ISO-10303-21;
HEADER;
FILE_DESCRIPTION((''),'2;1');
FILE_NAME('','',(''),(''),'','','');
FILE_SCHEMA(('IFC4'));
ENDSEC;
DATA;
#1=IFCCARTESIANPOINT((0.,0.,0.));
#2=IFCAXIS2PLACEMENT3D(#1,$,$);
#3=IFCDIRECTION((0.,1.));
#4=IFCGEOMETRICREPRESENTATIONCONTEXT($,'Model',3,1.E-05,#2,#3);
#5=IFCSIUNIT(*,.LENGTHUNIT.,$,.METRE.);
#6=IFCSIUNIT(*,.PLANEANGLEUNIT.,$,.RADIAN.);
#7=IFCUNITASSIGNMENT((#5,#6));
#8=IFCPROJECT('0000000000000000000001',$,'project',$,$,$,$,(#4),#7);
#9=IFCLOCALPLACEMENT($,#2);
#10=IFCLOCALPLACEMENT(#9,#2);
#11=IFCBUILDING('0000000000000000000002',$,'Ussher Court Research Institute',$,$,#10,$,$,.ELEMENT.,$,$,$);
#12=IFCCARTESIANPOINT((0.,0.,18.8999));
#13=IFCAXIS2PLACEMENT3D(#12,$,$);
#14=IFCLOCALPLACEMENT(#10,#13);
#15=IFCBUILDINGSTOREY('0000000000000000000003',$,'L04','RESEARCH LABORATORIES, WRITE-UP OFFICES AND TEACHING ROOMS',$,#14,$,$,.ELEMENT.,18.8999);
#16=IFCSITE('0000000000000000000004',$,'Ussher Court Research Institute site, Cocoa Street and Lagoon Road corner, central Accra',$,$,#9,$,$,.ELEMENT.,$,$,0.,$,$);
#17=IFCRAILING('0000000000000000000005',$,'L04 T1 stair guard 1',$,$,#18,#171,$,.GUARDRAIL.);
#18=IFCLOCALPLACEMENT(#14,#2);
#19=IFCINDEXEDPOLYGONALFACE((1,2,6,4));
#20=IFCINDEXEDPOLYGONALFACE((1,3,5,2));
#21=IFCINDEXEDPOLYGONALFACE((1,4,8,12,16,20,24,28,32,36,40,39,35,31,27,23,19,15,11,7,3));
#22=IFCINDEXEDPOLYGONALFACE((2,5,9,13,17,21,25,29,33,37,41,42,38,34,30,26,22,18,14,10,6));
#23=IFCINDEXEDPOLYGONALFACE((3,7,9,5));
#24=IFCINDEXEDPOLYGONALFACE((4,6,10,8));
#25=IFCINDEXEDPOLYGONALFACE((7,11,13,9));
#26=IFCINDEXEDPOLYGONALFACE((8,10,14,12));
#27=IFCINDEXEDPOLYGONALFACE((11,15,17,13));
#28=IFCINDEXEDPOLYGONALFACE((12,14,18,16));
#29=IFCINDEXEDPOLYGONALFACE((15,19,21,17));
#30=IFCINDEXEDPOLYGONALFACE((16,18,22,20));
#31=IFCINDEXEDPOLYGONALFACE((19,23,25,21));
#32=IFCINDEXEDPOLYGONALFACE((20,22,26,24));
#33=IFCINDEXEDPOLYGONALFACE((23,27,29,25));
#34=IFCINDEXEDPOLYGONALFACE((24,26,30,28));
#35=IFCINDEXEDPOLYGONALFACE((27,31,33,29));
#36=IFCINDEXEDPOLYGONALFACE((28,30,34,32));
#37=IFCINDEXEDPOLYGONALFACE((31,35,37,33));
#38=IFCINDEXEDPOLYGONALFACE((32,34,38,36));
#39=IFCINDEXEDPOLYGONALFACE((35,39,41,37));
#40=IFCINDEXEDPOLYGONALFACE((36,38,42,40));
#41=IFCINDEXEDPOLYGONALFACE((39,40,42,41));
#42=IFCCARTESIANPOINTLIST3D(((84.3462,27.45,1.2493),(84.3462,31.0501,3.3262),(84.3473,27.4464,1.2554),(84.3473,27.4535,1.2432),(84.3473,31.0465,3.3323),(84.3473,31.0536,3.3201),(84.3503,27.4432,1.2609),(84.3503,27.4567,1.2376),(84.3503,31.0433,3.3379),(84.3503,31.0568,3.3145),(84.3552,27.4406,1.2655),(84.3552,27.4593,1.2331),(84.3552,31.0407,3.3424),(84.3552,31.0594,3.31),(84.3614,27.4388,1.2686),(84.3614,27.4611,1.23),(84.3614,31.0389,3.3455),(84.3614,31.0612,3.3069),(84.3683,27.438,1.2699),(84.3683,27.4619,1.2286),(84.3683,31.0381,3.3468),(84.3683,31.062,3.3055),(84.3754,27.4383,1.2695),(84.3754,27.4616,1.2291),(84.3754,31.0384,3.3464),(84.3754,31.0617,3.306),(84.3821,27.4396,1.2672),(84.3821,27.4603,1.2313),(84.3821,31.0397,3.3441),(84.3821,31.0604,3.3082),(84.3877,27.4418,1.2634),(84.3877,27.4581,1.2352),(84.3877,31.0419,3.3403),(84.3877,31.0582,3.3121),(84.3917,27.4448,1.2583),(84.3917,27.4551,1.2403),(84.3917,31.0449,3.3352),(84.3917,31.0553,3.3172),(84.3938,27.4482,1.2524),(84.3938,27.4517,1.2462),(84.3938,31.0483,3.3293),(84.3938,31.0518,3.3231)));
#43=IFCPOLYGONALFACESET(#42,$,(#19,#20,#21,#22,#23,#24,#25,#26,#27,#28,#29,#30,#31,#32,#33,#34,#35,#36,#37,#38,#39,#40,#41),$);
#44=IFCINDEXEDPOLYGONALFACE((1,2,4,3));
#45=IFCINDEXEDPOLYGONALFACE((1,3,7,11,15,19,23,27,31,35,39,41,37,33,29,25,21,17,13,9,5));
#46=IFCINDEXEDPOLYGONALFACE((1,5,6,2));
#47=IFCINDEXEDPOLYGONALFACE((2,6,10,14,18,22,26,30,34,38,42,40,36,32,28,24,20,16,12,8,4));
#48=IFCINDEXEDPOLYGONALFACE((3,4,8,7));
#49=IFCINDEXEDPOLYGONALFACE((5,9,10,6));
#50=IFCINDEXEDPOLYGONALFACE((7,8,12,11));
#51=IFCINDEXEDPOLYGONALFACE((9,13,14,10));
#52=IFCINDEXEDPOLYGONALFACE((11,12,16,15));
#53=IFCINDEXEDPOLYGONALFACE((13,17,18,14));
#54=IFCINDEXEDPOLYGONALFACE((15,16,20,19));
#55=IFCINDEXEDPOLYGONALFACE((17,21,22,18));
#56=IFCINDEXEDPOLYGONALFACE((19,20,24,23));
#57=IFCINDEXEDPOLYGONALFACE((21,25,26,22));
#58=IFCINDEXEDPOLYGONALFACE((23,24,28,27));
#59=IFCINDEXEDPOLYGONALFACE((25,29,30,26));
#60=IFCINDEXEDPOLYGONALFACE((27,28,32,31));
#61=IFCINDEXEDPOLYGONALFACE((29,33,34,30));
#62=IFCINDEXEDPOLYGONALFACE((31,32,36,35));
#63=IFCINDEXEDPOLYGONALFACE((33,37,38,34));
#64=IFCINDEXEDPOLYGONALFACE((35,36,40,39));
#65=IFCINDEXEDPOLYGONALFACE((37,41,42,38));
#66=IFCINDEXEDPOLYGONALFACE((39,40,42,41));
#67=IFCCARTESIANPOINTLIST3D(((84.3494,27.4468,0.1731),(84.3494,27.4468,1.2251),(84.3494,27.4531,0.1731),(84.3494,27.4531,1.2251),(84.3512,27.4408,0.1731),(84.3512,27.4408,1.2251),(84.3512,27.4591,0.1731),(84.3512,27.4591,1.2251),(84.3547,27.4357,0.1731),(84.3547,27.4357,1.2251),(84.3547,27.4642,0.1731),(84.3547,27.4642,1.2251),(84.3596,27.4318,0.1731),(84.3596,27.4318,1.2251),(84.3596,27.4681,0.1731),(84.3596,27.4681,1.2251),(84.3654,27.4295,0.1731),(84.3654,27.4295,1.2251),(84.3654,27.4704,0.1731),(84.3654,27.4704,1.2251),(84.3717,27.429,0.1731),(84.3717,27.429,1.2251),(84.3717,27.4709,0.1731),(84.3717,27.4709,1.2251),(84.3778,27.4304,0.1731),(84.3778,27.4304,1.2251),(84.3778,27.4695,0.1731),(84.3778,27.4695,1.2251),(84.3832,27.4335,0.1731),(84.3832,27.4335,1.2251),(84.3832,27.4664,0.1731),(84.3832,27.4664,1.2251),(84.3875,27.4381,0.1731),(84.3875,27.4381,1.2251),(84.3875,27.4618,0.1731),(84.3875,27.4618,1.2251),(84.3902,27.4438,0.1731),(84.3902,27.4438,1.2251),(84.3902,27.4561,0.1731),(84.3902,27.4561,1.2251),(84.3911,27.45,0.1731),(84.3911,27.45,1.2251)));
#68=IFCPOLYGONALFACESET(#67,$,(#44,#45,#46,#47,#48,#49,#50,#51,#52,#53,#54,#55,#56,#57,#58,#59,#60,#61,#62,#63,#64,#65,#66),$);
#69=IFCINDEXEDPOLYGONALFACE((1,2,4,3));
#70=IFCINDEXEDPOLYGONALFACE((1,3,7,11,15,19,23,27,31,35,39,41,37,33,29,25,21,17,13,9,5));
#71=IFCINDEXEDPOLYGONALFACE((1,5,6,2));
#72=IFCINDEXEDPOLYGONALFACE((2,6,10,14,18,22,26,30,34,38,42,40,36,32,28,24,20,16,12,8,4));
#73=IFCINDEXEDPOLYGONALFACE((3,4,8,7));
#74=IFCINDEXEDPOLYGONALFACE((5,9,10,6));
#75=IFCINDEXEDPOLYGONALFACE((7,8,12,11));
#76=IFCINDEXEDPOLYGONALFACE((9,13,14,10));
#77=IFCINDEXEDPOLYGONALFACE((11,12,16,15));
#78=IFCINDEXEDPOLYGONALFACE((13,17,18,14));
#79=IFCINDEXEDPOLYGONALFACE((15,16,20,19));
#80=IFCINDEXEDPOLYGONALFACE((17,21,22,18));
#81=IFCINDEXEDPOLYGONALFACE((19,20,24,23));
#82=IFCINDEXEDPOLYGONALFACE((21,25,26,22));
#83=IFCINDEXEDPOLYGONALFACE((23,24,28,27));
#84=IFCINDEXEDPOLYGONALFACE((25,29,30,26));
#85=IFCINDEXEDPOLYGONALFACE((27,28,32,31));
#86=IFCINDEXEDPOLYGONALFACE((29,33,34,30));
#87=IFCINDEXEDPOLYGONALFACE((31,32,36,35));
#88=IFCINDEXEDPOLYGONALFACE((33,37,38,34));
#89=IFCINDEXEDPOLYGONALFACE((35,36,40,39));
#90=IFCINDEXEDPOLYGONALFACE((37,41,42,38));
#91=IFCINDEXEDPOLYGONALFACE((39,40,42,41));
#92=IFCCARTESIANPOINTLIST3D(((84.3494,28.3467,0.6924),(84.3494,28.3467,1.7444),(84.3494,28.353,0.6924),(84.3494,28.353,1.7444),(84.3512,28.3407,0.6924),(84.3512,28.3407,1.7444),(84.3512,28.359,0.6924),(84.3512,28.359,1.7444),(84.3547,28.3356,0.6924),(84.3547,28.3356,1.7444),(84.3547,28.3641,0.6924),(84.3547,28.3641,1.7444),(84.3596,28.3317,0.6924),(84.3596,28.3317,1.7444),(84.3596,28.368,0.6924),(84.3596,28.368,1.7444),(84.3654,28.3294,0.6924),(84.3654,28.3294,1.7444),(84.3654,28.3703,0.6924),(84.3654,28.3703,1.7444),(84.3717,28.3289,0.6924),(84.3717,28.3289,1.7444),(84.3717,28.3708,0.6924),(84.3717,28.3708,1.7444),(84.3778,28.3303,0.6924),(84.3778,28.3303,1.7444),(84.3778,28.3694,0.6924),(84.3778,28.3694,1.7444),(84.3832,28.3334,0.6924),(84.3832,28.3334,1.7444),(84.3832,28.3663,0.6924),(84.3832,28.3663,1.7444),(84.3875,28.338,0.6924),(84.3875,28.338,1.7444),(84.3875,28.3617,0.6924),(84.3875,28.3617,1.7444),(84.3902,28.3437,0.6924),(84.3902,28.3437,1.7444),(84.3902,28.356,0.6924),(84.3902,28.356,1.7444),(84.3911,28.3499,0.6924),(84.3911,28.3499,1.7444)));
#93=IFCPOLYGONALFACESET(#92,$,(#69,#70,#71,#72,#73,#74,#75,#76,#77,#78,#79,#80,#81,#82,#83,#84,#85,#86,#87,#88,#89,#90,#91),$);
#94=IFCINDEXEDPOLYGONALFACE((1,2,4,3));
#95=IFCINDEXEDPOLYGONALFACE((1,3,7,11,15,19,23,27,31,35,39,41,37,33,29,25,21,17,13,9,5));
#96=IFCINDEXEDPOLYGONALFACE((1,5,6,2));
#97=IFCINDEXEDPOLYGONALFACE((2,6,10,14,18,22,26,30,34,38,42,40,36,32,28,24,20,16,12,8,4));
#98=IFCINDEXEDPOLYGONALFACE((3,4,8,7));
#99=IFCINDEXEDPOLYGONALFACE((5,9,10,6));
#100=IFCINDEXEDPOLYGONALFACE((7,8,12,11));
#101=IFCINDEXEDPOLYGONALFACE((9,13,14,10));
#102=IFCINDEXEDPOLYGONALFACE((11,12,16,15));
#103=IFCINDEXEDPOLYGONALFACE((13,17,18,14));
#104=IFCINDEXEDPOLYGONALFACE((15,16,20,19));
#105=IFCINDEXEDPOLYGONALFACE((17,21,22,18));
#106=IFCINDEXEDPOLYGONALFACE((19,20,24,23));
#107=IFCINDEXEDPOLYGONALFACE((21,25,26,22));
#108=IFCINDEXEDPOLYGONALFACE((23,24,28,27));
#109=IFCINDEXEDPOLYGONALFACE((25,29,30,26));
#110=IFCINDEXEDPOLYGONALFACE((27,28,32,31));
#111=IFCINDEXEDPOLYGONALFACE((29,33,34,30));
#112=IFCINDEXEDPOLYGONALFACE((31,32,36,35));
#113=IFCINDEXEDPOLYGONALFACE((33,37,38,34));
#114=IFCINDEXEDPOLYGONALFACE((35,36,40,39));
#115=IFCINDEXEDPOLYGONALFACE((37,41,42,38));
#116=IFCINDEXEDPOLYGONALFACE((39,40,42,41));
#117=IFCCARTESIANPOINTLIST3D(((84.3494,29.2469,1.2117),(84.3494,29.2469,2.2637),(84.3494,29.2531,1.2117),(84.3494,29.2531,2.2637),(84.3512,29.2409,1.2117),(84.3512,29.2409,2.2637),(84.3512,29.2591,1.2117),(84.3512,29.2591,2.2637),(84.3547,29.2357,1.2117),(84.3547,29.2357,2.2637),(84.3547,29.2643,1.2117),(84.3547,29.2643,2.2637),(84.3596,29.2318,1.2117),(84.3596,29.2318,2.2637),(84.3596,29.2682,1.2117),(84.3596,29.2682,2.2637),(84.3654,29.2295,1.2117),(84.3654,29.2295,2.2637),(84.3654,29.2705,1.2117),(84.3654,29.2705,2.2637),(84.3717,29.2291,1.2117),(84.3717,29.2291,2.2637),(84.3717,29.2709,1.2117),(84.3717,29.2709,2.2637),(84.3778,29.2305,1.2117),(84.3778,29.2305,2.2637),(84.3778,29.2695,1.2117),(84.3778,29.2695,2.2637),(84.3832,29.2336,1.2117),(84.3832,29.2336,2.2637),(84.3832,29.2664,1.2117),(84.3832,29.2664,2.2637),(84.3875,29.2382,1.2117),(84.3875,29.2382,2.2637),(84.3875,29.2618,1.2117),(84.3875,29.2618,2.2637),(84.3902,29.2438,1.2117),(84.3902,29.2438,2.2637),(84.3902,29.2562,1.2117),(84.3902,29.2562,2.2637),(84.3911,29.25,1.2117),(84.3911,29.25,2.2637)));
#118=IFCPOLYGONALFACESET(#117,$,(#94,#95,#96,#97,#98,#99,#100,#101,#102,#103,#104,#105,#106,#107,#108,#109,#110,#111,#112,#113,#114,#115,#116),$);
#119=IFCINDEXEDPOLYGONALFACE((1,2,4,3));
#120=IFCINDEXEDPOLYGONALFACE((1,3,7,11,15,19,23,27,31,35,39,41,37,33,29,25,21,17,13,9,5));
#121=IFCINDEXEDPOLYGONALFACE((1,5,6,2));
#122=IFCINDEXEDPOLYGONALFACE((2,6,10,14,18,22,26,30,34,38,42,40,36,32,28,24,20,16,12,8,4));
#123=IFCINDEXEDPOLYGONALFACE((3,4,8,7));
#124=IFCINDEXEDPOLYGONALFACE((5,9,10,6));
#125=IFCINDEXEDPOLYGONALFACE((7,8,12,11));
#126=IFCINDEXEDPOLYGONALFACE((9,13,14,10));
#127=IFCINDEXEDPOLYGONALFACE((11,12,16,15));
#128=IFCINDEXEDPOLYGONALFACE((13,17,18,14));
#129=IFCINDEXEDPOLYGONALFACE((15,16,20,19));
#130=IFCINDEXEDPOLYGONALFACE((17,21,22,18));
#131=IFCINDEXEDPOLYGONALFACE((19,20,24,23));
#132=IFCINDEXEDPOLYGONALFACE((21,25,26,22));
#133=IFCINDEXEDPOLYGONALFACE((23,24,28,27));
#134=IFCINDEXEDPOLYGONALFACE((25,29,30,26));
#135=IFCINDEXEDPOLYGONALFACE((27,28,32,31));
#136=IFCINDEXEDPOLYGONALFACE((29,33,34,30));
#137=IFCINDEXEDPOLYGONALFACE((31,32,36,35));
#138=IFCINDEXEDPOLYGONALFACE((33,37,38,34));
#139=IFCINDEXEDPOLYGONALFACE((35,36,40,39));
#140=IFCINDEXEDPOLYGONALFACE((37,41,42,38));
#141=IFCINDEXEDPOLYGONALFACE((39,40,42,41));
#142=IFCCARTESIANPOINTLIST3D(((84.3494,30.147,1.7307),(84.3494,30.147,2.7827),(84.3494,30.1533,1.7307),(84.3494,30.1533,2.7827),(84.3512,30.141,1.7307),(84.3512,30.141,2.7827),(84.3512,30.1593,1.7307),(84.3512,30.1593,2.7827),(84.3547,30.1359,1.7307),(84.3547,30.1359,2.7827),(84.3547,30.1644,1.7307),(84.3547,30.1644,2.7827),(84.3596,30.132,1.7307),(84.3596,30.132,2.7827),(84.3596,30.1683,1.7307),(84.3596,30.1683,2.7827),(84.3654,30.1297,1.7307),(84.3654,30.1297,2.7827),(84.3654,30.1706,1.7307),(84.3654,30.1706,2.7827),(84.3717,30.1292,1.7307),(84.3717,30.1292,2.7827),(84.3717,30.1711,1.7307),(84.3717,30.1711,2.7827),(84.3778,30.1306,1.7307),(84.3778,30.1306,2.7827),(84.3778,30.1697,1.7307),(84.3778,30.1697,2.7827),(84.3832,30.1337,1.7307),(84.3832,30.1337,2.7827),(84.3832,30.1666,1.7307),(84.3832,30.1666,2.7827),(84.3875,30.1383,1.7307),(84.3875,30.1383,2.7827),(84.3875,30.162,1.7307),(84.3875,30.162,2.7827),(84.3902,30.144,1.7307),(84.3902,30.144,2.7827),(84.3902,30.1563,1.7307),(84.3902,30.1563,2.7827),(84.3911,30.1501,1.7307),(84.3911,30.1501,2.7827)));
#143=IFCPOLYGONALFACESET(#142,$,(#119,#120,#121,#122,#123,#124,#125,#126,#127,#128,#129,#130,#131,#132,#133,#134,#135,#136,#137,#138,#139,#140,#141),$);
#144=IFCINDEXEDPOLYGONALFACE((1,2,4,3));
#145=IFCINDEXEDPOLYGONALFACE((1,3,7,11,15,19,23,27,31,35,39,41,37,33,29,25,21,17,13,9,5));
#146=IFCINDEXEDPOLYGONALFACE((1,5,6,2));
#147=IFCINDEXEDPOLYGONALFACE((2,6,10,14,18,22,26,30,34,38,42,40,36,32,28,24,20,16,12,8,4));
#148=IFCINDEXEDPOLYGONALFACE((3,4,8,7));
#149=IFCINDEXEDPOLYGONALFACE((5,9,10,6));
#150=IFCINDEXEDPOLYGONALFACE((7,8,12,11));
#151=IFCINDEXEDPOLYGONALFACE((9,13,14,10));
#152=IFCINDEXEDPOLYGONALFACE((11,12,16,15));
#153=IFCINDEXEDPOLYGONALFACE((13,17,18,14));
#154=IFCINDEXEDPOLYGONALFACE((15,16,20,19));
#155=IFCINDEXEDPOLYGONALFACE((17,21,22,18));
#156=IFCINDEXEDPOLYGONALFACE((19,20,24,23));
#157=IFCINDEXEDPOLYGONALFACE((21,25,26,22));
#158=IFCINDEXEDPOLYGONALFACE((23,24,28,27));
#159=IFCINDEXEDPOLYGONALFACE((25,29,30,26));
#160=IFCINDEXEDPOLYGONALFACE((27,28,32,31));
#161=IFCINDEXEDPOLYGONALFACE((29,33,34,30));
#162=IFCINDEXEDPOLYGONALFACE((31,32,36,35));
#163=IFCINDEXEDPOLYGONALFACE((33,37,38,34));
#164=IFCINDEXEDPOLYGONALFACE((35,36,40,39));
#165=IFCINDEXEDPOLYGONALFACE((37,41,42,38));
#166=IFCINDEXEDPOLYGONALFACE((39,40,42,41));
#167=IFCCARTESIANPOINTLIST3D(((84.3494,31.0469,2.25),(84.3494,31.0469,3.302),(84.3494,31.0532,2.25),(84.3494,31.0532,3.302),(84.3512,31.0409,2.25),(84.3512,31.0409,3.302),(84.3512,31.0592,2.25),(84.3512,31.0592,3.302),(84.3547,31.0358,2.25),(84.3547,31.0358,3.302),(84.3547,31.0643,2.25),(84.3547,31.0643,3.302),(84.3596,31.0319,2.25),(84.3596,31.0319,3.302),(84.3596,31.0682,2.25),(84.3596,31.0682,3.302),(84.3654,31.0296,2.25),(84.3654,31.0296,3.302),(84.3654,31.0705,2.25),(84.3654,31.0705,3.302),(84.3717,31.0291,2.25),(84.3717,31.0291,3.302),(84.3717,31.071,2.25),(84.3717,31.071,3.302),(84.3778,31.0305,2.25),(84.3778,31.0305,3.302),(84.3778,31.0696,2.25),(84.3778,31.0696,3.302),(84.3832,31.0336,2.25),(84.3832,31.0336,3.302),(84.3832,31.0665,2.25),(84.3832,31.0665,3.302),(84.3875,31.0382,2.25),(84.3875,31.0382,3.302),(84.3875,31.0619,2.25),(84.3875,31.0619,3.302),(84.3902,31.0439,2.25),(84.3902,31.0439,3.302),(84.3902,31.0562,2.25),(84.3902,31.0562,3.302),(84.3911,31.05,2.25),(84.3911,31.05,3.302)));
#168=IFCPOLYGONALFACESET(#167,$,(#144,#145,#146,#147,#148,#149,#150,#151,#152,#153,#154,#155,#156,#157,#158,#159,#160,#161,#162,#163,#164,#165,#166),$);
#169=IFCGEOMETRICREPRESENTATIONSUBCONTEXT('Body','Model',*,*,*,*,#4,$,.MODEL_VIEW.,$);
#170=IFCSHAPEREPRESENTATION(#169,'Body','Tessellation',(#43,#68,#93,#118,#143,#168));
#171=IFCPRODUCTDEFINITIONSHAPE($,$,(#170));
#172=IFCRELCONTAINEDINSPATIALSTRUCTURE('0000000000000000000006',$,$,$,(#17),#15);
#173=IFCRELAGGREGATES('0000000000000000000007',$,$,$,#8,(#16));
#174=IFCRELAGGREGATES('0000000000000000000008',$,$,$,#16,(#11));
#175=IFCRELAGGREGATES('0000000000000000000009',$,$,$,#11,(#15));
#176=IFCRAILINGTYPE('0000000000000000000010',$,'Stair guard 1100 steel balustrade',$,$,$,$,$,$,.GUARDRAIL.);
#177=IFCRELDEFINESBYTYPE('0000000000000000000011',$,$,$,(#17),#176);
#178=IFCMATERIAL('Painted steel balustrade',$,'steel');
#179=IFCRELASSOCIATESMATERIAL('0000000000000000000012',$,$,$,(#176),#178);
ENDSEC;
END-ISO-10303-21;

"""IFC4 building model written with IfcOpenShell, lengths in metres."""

from ifc_helpers import new_model, si_unit, direction, frame, origin, origin_2d, place, context, subcontext, project, spatial, circle, extrude, material, type_object, element, save


model = new_model("IFC4")

# Units and contexts
model_context = context("Model", 3, precision=1e-05, world=origin(), true_north=direction((0.0, 1.0)))
body_context = subcontext(model_context, "Body", "Model", "MODEL_VIEW")
ifc_project = project(units=[si_unit("LENGTHUNIT", "METRE"), si_unit("PLANEANGLEUNIT", "RADIAN")], contexts=[model_context])

# Site, building, storey
site_placement = place(None, origin())
site = spatial("IfcSite", under=ifc_project, at=site_placement, Name="Ussher Court Research Institute site, Cocoa Street and Lagoon Road corner, central Accra", CompositionType="ELEMENT", RefElevation=0.0)
building_placement = place(site_placement, origin())
building = spatial("IfcBuilding", under=site, at=building_placement, Name="Ussher Court Research Institute", CompositionType="ELEMENT")
storey_placement = place(building_placement, frame((0.0, 0.0, 18.8999)))
storey = spatial("IfcBuildingStorey", under=building, at=storey_placement, Name="L04", Description="RESEARCH LABORATORIES, WRITE-UP OFFICES AND TEACHING ROOMS", CompositionType="ELEMENT", Elevation=18.8999)

# Railing
ifc_material_1 = material(Name="Painted steel balustrade", Category="steel")
railing_type_1 = type_object("IfcRailingType", Name="Stair guard 1100 steel balustrade", PredefinedType="GUARDRAIL", material=ifc_material_1)
railing_1_placement = place(storey_placement, frame((84.3701, 27.45, 0.1731)))
element("IfcRailing", 1, at=railing_1_placement, inside=storey, type_object=railing_type_1, Name="L04 T1 stair guard 1", PredefinedType="GUARDRAIL", context=body_context, shape_type="SweptSolid", body=[
    extrude(circle(Radius=0.0239, at=origin_2d()), frame((0.0, 0.0, 1.0762), z_axis=(0.0, 0.866193, 0.499709), x_axis=(-1.0, 0.0, 0.0)), (0.0, 0.0, 1.0), 4.1562),
    extrude(circle(Radius=0.021, at=origin_2d()), origin(), (0.0, 0.0, 1.0), 1.052),
    extrude(circle(Radius=0.021, at=origin_2d()), frame((0.0, 0.8999, 0.5193)), (0.0, 0.0, 1.0), 1.052),
    extrude(circle(Radius=0.021, at=origin_2d()), frame((0.0, 1.8, 1.0386)), (0.0, 0.0, 1.0), 1.052),
    extrude(circle(Radius=0.021, at=origin_2d()), frame((0.0, 2.7002, 1.5576)), (0.0, 0.0, 1.0), 1.052),
    extrude(circle(Radius=0.021, at=origin_2d()), frame((0.0, 3.6001, 2.0769)), (0.0, 0.0, 1.0), 1.052),
])

save(model, "model.ifc")
